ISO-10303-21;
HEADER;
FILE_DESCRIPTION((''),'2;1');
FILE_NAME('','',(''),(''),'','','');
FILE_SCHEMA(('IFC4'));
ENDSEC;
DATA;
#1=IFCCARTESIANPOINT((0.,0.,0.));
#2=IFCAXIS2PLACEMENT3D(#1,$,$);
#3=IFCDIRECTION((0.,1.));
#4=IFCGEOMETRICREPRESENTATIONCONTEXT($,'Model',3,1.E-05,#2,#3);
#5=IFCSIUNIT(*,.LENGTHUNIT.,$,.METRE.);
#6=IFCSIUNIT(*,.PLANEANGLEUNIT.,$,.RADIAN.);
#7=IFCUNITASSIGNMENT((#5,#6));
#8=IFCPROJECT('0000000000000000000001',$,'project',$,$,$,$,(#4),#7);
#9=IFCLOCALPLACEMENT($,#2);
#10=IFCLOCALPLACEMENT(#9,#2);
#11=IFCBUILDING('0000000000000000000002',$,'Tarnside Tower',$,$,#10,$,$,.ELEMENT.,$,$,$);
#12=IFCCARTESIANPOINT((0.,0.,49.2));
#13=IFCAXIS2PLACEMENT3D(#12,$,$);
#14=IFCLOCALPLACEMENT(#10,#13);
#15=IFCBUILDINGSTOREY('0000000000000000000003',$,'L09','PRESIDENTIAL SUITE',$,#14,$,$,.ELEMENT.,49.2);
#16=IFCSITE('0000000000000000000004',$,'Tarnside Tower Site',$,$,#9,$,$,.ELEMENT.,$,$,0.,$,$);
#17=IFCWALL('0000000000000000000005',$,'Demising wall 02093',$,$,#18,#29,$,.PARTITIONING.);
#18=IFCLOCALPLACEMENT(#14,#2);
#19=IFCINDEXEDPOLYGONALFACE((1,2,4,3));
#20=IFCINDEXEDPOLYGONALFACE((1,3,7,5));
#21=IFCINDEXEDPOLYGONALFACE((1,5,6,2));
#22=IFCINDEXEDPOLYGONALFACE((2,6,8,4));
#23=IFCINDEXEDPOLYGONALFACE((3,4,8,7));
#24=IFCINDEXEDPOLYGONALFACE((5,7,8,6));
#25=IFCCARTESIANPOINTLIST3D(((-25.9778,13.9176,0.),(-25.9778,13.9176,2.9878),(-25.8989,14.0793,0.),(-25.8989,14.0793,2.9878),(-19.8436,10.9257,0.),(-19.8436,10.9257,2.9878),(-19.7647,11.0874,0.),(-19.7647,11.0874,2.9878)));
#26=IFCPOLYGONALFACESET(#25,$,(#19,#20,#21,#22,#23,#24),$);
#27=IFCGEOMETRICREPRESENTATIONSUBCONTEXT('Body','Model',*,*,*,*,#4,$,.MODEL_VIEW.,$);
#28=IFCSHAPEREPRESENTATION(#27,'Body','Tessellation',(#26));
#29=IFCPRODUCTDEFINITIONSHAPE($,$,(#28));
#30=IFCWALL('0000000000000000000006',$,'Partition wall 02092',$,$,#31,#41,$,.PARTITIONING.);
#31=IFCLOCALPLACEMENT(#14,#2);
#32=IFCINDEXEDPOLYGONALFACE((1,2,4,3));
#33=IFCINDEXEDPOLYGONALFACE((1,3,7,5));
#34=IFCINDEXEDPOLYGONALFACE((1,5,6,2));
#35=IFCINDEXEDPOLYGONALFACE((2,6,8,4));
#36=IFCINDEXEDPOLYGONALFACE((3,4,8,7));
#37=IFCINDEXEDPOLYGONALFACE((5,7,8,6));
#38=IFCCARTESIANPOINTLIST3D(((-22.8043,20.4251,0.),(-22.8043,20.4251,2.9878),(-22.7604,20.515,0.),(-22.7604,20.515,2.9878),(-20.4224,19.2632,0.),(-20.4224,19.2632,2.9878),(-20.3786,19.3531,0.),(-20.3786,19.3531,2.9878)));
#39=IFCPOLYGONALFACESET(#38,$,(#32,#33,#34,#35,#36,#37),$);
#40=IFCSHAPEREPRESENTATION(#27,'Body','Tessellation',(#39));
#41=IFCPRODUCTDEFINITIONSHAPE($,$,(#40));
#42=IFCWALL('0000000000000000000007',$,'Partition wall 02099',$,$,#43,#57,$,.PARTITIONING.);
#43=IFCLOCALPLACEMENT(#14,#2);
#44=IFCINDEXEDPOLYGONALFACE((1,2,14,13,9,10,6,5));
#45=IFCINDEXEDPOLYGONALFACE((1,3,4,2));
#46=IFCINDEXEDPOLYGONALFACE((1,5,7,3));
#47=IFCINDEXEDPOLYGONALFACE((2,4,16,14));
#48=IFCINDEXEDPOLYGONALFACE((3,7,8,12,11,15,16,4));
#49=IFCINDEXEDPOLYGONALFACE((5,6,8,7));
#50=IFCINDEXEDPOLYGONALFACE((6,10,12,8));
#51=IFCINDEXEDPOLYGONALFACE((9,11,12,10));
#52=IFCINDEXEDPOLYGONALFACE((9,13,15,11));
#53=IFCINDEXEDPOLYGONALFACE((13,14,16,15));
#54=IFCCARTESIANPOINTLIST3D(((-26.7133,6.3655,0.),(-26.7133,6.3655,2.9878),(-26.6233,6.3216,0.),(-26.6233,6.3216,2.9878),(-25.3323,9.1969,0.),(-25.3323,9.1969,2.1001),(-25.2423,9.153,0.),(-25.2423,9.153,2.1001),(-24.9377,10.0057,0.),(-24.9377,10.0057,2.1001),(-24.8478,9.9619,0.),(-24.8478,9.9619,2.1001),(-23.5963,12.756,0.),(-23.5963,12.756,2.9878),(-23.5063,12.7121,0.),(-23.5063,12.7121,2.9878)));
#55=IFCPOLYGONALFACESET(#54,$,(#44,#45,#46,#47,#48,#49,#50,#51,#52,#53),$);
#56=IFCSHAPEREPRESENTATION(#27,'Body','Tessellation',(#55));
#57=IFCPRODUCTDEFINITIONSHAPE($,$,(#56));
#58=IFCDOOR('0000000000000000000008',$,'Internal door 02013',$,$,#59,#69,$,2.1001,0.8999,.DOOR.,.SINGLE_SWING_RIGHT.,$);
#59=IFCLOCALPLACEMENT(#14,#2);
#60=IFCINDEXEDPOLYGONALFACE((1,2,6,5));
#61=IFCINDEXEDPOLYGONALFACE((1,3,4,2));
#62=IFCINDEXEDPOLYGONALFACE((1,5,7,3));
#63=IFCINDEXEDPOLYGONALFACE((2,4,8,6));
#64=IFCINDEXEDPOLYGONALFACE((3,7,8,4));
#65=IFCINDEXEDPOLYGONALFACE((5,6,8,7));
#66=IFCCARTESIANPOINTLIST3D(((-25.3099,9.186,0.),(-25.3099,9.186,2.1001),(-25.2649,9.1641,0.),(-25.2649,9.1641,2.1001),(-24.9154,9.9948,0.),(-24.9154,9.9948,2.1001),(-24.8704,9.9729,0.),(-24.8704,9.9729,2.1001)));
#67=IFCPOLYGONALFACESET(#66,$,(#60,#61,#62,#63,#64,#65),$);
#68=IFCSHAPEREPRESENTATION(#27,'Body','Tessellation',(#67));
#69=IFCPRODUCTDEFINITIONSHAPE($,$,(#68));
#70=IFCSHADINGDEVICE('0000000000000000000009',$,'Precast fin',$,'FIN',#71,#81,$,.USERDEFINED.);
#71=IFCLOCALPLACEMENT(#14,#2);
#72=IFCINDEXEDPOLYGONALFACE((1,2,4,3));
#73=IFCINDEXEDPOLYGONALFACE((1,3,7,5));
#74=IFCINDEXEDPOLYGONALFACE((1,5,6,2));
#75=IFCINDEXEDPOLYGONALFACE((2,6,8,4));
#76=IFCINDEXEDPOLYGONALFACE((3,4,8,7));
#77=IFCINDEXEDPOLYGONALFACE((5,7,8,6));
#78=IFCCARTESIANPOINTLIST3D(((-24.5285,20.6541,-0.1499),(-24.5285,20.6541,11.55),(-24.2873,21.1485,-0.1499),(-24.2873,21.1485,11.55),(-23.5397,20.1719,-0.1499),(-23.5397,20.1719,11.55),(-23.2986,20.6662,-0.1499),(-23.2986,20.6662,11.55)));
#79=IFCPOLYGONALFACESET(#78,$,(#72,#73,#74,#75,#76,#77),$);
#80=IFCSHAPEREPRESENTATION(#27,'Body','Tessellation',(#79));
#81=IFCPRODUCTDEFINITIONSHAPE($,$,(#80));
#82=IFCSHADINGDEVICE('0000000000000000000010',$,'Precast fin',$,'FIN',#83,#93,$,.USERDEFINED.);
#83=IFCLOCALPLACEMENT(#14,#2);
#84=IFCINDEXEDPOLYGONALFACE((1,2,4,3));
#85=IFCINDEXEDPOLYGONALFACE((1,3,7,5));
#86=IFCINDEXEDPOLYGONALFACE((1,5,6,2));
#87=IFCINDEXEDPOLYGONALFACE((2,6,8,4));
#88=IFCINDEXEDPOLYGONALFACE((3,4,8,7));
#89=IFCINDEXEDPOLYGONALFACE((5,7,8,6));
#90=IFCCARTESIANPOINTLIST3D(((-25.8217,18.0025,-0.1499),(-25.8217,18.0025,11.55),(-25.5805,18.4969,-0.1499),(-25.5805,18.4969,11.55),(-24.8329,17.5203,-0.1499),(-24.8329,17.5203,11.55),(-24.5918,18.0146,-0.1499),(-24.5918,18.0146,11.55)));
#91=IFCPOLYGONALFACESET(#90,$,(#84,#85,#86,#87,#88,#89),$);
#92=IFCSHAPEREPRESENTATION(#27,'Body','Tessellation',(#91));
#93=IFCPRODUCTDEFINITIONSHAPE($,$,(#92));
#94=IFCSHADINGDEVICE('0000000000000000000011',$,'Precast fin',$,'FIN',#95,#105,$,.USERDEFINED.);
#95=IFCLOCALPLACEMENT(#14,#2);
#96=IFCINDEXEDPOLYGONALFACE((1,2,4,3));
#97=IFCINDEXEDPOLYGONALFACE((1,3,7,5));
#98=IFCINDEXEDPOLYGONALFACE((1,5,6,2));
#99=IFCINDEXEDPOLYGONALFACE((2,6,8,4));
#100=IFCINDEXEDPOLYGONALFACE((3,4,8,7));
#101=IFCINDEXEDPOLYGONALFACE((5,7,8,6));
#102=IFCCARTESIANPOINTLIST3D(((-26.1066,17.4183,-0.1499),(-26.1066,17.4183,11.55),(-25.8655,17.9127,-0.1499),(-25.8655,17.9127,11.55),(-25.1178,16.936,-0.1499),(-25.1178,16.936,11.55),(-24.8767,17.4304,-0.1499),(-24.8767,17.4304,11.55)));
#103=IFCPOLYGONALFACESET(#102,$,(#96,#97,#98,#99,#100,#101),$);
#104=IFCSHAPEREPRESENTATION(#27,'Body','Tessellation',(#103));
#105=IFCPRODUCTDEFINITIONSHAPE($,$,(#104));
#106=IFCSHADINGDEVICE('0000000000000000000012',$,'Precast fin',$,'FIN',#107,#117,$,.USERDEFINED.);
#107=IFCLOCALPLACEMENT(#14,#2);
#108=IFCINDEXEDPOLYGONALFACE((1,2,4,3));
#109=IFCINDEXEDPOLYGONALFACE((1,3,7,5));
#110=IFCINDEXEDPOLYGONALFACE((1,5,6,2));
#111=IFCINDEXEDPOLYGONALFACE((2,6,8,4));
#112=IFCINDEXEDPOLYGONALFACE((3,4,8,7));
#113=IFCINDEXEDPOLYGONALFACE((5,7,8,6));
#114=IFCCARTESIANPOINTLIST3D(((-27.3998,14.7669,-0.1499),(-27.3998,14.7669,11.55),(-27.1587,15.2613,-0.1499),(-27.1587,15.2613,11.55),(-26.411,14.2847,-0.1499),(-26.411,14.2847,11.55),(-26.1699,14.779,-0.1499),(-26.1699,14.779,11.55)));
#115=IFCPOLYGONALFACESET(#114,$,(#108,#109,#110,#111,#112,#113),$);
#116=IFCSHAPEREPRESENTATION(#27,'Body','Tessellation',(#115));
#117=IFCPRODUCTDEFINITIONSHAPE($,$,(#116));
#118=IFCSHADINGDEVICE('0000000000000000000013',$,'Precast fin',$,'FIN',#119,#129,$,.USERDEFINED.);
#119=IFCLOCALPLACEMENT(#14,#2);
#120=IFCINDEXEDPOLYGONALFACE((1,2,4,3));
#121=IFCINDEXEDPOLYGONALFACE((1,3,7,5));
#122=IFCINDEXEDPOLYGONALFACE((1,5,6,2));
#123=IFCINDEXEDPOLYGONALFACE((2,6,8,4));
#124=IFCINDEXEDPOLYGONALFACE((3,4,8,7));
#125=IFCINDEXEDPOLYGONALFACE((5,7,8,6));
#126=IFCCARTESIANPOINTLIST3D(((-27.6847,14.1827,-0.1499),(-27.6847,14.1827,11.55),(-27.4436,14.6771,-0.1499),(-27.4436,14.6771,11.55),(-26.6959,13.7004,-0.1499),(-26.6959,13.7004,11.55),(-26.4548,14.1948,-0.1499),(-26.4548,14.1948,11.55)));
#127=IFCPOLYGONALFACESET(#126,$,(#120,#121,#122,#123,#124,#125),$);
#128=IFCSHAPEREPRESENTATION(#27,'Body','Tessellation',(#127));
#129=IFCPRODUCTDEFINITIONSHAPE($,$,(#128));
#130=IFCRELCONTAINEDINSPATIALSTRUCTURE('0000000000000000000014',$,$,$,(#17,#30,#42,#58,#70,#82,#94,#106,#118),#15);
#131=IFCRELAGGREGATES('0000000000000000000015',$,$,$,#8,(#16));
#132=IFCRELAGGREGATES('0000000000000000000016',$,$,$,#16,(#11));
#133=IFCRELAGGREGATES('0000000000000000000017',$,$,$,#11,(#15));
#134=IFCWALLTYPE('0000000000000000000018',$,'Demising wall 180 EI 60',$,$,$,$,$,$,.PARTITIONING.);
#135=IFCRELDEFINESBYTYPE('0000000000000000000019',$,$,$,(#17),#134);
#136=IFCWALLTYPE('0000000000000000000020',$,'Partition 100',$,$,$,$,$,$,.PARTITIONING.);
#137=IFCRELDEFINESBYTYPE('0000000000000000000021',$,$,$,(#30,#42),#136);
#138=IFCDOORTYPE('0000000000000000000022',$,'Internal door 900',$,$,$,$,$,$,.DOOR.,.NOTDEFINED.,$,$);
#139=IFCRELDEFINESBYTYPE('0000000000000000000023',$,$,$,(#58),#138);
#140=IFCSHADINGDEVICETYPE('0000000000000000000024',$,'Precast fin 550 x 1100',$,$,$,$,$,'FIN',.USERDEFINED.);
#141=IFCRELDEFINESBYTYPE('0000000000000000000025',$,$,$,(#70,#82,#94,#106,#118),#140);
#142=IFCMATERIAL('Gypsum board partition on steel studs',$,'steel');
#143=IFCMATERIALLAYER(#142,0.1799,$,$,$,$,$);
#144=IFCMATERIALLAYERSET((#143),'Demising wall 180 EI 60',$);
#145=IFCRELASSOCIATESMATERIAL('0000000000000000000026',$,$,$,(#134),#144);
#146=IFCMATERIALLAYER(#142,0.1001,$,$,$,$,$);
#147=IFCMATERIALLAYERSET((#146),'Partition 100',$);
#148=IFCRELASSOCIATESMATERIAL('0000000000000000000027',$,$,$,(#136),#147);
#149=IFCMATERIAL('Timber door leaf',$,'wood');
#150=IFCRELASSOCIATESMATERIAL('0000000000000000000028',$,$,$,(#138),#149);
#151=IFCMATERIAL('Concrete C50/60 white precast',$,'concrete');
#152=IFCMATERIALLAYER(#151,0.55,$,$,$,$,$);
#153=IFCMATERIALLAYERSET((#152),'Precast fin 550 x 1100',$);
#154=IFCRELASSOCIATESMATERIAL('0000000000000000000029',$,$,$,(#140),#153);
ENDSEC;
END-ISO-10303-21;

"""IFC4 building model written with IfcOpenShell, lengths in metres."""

from ifc_helpers import new_model, si_unit, direction, frame, frame_2d, origin, place, context, subcontext, project, spatial, polyline, rectangle, outline, extrude, material, layer, layer_set, type_object, element, fill, save


model = new_model("IFC4")

# Units and contexts
model_context = context("Model", 3, precision=1e-05, world=origin(), true_north=direction((0.0, 1.0)))
body_context = subcontext(model_context, "Body", "Model", "MODEL_VIEW")
ifc_project = project(units=[si_unit("LENGTHUNIT", "METRE"), si_unit("PLANEANGLEUNIT", "RADIAN")], contexts=[model_context])

# Site, building, storey
site_placement = place(None, origin())
site = spatial("IfcSite", under=ifc_project, at=site_placement, Name="Tarnside Tower Site", CompositionType="ELEMENT", RefElevation=0.0)
building_placement = place(site_placement, origin())
building = spatial("IfcBuilding", under=site, at=building_placement, Name="Tarnside Tower", CompositionType="ELEMENT")
storey_placement = place(building_placement, frame((0.0, 0.0, 49.2)))
storey = spatial("IfcBuildingStorey", under=building, at=storey_placement, Name="L09", Description="PRESIDENTIAL SUITE", CompositionType="ELEMENT", Elevation=49.2)

# Shared definitions
ifc_material_1 = material(Name="Gypsum board partition on steel studs", Category="steel")
ifc_material_2 = material(Name="Timber door leaf", Category="wood")

# Walls
ifc_layer_1 = layer(ifc_material_1, 0.1799)
ifc_layer_set_1 = layer_set([ifc_layer_1], Name="Demising wall 180 EI 60")
wall_type_1 = type_object("IfcWallType", Name="Demising wall 180 EI 60", PredefinedType="PARTITIONING", material=ifc_layer_set_1)
wall_1_placement = place(storey_placement, frame((-25.9385, 13.9985, 0.0), z_axis=(0.0, 0.0, 1.0), x_axis=(0.898791, -0.438378, 0.0)))
element("IfcWall", 1, at=wall_1_placement, inside=storey, type_object=wall_type_1, Name="Demising wall 02093", PredefinedType="PARTITIONING", context=body_context, shape_type="SweptSolid", body=[
    extrude(rectangle(XDim=6.825, YDim=0.1799, at=frame_2d((3.4126, 0.0))), origin(), (0.0, 0.0, 1.0), 2.9878),
])
ifc_layer_2 = layer(ifc_material_1, 0.1001)
ifc_layer_set_2 = layer_set([ifc_layer_2], Name="Partition 100")
wall_type_2 = type_object("IfcWallType", Name="Partition 100", PredefinedType="PARTITIONING", material=ifc_layer_set_2)
wall_2_placement = place(storey_placement, frame((-20.4004, 19.3081, 0.0), z_axis=(0.0, 0.0, 1.0), x_axis=(-0.898769, 0.438422, 0.0)))
element("IfcWall", 2, at=wall_2_placement, inside=storey, type_object=wall_type_2, Name="Partition wall 02092", PredefinedType="PARTITIONING", context=body_context, shape_type="SweptSolid", body=[
    extrude(rectangle(XDim=2.6501, YDim=0.1001, at=frame_2d((1.3252, 0.0))), origin(), (0.0, 0.0, 1.0), 2.9878),
])

# Wall, opening, door
wall_3_placement = place(storey_placement, frame((-23.5513, 12.7341, 0.0), z_axis=(0.0, 0.0, 1.0), x_axis=(-0.438388, -0.898786, 0.0)))
wall_3 = element("IfcWall", 3, at=wall_3_placement, inside=storey, type_object=wall_type_2, Name="Partition wall 02099", PredefinedType="PARTITIONING", context=body_context, shape_type="SweptSolid", body=[
    extrude(rectangle(XDim=7.1101, YDim=0.1001, at=frame_2d((3.5552, 0.0))), origin(), (0.0, 0.0, 1.0), 2.9878),
])
opening_1_placement = place(wall_3_placement, frame((3.0601, 0.0, 0.0)))
opening_1 = element("IfcOpeningElement", 4, at=opening_1_placement, cuts=wall_3, PredefinedType="OPENING", context=body_context, shape_type="SweptSolid", body=[
    extrude(rectangle(XDim=0.8999, YDim=2.1001, at=frame_2d((0.45, 1.05))), frame((0.0, 0.0601, 0.0), z_axis=(0.0, -1.0, 0.0), x_axis=(1.0, 0.0, 0.0)), (0.0, 0.0, 1.0), 0.1201),
])
door_type_1 = type_object("IfcDoorType", Name="Internal door 900", OperationType="NOTDEFINED", PredefinedType="DOOR", material=ifc_material_2)
door_1_placement = place(opening_1_placement, origin())
door_1 = element("IfcDoor", 5, at=door_1_placement, inside=storey, type_object=door_type_1, Name="Internal door 02013", OperationType="SINGLE_SWING_RIGHT", OverallHeight=2.1001, OverallWidth=0.8999, PredefinedType="DOOR", context=body_context, shape_type="SweptSolid", body=[
    extrude(rectangle(XDim=0.8999, YDim=2.1001, at=frame_2d((0.45, 1.05))), frame((0.0, 0.0249, 0.0), z_axis=(0.0, -1.0, 0.0), x_axis=(1.0, 0.0, 0.0)), (0.0, 0.0, 1.0), 0.05),
])
fill(opening_1, door_1)

# Shading devices
ifc_material_3 = material(Name="Concrete C50/60 white precast", Category="concrete")
ifc_layer_3 = layer(ifc_material_3, 0.55)
ifc_layer_set_3 = layer_set([ifc_layer_3], Name="Precast fin 550 x 1100")
shading_device_type = type_object("IfcShadingDeviceType", Name="Precast fin 550 x 1100", ElementType="FIN", PredefinedType="USERDEFINED", material=ifc_layer_set_3)
for number, where, z_axis, x_axis, name in (
    (6, (-23.4192, 20.4189, -0.1499), (0.438371, 0.898794, 0.0), (-0.898794, 0.438371, 0.0), "Precast fin"),
    (7, (-24.7124, 17.7673, -0.1499), (0.438371, 0.898794, 0.0), (-0.898794, 0.438371, 0.0), "Precast fin"),
    (8, (-24.9973, 17.1831, -0.1499), (0.438371, 0.898794, 0.0), (-0.898794, 0.438371, 0.0), "Precast fin"),
    (9, (-26.2905, 14.5317, -0.1499), (0.438371, 0.898794, 0.0), (-0.898794, 0.438371, 0.0), "Precast fin"),
    (10, (-26.5754, 13.9475, -0.1499), (0.438371, 0.898794, 0.0), (-0.898794, 0.438371, 0.0), "Precast fin"),
):
    element("IfcShadingDevice", number, at=place(storey_placement, frame(where, z_axis=z_axis, x_axis=x_axis)), inside=storey, type_object=shading_device_type, Name=name, ObjectType="FIN", PredefinedType="USERDEFINED", context=body_context, shape_type="SweptSolid", body=[
        extrude(outline(polyline([(0.0, 0.0), (1.1001, 0.0), (1.1001, 11.7), (0.0, 11.7), (0.0, 0.0)])), frame((0.0, 0.0, -0.2749)), (0.0, 0.0, 1.0), 0.55),
    ])

save(model, "model.ifc")
